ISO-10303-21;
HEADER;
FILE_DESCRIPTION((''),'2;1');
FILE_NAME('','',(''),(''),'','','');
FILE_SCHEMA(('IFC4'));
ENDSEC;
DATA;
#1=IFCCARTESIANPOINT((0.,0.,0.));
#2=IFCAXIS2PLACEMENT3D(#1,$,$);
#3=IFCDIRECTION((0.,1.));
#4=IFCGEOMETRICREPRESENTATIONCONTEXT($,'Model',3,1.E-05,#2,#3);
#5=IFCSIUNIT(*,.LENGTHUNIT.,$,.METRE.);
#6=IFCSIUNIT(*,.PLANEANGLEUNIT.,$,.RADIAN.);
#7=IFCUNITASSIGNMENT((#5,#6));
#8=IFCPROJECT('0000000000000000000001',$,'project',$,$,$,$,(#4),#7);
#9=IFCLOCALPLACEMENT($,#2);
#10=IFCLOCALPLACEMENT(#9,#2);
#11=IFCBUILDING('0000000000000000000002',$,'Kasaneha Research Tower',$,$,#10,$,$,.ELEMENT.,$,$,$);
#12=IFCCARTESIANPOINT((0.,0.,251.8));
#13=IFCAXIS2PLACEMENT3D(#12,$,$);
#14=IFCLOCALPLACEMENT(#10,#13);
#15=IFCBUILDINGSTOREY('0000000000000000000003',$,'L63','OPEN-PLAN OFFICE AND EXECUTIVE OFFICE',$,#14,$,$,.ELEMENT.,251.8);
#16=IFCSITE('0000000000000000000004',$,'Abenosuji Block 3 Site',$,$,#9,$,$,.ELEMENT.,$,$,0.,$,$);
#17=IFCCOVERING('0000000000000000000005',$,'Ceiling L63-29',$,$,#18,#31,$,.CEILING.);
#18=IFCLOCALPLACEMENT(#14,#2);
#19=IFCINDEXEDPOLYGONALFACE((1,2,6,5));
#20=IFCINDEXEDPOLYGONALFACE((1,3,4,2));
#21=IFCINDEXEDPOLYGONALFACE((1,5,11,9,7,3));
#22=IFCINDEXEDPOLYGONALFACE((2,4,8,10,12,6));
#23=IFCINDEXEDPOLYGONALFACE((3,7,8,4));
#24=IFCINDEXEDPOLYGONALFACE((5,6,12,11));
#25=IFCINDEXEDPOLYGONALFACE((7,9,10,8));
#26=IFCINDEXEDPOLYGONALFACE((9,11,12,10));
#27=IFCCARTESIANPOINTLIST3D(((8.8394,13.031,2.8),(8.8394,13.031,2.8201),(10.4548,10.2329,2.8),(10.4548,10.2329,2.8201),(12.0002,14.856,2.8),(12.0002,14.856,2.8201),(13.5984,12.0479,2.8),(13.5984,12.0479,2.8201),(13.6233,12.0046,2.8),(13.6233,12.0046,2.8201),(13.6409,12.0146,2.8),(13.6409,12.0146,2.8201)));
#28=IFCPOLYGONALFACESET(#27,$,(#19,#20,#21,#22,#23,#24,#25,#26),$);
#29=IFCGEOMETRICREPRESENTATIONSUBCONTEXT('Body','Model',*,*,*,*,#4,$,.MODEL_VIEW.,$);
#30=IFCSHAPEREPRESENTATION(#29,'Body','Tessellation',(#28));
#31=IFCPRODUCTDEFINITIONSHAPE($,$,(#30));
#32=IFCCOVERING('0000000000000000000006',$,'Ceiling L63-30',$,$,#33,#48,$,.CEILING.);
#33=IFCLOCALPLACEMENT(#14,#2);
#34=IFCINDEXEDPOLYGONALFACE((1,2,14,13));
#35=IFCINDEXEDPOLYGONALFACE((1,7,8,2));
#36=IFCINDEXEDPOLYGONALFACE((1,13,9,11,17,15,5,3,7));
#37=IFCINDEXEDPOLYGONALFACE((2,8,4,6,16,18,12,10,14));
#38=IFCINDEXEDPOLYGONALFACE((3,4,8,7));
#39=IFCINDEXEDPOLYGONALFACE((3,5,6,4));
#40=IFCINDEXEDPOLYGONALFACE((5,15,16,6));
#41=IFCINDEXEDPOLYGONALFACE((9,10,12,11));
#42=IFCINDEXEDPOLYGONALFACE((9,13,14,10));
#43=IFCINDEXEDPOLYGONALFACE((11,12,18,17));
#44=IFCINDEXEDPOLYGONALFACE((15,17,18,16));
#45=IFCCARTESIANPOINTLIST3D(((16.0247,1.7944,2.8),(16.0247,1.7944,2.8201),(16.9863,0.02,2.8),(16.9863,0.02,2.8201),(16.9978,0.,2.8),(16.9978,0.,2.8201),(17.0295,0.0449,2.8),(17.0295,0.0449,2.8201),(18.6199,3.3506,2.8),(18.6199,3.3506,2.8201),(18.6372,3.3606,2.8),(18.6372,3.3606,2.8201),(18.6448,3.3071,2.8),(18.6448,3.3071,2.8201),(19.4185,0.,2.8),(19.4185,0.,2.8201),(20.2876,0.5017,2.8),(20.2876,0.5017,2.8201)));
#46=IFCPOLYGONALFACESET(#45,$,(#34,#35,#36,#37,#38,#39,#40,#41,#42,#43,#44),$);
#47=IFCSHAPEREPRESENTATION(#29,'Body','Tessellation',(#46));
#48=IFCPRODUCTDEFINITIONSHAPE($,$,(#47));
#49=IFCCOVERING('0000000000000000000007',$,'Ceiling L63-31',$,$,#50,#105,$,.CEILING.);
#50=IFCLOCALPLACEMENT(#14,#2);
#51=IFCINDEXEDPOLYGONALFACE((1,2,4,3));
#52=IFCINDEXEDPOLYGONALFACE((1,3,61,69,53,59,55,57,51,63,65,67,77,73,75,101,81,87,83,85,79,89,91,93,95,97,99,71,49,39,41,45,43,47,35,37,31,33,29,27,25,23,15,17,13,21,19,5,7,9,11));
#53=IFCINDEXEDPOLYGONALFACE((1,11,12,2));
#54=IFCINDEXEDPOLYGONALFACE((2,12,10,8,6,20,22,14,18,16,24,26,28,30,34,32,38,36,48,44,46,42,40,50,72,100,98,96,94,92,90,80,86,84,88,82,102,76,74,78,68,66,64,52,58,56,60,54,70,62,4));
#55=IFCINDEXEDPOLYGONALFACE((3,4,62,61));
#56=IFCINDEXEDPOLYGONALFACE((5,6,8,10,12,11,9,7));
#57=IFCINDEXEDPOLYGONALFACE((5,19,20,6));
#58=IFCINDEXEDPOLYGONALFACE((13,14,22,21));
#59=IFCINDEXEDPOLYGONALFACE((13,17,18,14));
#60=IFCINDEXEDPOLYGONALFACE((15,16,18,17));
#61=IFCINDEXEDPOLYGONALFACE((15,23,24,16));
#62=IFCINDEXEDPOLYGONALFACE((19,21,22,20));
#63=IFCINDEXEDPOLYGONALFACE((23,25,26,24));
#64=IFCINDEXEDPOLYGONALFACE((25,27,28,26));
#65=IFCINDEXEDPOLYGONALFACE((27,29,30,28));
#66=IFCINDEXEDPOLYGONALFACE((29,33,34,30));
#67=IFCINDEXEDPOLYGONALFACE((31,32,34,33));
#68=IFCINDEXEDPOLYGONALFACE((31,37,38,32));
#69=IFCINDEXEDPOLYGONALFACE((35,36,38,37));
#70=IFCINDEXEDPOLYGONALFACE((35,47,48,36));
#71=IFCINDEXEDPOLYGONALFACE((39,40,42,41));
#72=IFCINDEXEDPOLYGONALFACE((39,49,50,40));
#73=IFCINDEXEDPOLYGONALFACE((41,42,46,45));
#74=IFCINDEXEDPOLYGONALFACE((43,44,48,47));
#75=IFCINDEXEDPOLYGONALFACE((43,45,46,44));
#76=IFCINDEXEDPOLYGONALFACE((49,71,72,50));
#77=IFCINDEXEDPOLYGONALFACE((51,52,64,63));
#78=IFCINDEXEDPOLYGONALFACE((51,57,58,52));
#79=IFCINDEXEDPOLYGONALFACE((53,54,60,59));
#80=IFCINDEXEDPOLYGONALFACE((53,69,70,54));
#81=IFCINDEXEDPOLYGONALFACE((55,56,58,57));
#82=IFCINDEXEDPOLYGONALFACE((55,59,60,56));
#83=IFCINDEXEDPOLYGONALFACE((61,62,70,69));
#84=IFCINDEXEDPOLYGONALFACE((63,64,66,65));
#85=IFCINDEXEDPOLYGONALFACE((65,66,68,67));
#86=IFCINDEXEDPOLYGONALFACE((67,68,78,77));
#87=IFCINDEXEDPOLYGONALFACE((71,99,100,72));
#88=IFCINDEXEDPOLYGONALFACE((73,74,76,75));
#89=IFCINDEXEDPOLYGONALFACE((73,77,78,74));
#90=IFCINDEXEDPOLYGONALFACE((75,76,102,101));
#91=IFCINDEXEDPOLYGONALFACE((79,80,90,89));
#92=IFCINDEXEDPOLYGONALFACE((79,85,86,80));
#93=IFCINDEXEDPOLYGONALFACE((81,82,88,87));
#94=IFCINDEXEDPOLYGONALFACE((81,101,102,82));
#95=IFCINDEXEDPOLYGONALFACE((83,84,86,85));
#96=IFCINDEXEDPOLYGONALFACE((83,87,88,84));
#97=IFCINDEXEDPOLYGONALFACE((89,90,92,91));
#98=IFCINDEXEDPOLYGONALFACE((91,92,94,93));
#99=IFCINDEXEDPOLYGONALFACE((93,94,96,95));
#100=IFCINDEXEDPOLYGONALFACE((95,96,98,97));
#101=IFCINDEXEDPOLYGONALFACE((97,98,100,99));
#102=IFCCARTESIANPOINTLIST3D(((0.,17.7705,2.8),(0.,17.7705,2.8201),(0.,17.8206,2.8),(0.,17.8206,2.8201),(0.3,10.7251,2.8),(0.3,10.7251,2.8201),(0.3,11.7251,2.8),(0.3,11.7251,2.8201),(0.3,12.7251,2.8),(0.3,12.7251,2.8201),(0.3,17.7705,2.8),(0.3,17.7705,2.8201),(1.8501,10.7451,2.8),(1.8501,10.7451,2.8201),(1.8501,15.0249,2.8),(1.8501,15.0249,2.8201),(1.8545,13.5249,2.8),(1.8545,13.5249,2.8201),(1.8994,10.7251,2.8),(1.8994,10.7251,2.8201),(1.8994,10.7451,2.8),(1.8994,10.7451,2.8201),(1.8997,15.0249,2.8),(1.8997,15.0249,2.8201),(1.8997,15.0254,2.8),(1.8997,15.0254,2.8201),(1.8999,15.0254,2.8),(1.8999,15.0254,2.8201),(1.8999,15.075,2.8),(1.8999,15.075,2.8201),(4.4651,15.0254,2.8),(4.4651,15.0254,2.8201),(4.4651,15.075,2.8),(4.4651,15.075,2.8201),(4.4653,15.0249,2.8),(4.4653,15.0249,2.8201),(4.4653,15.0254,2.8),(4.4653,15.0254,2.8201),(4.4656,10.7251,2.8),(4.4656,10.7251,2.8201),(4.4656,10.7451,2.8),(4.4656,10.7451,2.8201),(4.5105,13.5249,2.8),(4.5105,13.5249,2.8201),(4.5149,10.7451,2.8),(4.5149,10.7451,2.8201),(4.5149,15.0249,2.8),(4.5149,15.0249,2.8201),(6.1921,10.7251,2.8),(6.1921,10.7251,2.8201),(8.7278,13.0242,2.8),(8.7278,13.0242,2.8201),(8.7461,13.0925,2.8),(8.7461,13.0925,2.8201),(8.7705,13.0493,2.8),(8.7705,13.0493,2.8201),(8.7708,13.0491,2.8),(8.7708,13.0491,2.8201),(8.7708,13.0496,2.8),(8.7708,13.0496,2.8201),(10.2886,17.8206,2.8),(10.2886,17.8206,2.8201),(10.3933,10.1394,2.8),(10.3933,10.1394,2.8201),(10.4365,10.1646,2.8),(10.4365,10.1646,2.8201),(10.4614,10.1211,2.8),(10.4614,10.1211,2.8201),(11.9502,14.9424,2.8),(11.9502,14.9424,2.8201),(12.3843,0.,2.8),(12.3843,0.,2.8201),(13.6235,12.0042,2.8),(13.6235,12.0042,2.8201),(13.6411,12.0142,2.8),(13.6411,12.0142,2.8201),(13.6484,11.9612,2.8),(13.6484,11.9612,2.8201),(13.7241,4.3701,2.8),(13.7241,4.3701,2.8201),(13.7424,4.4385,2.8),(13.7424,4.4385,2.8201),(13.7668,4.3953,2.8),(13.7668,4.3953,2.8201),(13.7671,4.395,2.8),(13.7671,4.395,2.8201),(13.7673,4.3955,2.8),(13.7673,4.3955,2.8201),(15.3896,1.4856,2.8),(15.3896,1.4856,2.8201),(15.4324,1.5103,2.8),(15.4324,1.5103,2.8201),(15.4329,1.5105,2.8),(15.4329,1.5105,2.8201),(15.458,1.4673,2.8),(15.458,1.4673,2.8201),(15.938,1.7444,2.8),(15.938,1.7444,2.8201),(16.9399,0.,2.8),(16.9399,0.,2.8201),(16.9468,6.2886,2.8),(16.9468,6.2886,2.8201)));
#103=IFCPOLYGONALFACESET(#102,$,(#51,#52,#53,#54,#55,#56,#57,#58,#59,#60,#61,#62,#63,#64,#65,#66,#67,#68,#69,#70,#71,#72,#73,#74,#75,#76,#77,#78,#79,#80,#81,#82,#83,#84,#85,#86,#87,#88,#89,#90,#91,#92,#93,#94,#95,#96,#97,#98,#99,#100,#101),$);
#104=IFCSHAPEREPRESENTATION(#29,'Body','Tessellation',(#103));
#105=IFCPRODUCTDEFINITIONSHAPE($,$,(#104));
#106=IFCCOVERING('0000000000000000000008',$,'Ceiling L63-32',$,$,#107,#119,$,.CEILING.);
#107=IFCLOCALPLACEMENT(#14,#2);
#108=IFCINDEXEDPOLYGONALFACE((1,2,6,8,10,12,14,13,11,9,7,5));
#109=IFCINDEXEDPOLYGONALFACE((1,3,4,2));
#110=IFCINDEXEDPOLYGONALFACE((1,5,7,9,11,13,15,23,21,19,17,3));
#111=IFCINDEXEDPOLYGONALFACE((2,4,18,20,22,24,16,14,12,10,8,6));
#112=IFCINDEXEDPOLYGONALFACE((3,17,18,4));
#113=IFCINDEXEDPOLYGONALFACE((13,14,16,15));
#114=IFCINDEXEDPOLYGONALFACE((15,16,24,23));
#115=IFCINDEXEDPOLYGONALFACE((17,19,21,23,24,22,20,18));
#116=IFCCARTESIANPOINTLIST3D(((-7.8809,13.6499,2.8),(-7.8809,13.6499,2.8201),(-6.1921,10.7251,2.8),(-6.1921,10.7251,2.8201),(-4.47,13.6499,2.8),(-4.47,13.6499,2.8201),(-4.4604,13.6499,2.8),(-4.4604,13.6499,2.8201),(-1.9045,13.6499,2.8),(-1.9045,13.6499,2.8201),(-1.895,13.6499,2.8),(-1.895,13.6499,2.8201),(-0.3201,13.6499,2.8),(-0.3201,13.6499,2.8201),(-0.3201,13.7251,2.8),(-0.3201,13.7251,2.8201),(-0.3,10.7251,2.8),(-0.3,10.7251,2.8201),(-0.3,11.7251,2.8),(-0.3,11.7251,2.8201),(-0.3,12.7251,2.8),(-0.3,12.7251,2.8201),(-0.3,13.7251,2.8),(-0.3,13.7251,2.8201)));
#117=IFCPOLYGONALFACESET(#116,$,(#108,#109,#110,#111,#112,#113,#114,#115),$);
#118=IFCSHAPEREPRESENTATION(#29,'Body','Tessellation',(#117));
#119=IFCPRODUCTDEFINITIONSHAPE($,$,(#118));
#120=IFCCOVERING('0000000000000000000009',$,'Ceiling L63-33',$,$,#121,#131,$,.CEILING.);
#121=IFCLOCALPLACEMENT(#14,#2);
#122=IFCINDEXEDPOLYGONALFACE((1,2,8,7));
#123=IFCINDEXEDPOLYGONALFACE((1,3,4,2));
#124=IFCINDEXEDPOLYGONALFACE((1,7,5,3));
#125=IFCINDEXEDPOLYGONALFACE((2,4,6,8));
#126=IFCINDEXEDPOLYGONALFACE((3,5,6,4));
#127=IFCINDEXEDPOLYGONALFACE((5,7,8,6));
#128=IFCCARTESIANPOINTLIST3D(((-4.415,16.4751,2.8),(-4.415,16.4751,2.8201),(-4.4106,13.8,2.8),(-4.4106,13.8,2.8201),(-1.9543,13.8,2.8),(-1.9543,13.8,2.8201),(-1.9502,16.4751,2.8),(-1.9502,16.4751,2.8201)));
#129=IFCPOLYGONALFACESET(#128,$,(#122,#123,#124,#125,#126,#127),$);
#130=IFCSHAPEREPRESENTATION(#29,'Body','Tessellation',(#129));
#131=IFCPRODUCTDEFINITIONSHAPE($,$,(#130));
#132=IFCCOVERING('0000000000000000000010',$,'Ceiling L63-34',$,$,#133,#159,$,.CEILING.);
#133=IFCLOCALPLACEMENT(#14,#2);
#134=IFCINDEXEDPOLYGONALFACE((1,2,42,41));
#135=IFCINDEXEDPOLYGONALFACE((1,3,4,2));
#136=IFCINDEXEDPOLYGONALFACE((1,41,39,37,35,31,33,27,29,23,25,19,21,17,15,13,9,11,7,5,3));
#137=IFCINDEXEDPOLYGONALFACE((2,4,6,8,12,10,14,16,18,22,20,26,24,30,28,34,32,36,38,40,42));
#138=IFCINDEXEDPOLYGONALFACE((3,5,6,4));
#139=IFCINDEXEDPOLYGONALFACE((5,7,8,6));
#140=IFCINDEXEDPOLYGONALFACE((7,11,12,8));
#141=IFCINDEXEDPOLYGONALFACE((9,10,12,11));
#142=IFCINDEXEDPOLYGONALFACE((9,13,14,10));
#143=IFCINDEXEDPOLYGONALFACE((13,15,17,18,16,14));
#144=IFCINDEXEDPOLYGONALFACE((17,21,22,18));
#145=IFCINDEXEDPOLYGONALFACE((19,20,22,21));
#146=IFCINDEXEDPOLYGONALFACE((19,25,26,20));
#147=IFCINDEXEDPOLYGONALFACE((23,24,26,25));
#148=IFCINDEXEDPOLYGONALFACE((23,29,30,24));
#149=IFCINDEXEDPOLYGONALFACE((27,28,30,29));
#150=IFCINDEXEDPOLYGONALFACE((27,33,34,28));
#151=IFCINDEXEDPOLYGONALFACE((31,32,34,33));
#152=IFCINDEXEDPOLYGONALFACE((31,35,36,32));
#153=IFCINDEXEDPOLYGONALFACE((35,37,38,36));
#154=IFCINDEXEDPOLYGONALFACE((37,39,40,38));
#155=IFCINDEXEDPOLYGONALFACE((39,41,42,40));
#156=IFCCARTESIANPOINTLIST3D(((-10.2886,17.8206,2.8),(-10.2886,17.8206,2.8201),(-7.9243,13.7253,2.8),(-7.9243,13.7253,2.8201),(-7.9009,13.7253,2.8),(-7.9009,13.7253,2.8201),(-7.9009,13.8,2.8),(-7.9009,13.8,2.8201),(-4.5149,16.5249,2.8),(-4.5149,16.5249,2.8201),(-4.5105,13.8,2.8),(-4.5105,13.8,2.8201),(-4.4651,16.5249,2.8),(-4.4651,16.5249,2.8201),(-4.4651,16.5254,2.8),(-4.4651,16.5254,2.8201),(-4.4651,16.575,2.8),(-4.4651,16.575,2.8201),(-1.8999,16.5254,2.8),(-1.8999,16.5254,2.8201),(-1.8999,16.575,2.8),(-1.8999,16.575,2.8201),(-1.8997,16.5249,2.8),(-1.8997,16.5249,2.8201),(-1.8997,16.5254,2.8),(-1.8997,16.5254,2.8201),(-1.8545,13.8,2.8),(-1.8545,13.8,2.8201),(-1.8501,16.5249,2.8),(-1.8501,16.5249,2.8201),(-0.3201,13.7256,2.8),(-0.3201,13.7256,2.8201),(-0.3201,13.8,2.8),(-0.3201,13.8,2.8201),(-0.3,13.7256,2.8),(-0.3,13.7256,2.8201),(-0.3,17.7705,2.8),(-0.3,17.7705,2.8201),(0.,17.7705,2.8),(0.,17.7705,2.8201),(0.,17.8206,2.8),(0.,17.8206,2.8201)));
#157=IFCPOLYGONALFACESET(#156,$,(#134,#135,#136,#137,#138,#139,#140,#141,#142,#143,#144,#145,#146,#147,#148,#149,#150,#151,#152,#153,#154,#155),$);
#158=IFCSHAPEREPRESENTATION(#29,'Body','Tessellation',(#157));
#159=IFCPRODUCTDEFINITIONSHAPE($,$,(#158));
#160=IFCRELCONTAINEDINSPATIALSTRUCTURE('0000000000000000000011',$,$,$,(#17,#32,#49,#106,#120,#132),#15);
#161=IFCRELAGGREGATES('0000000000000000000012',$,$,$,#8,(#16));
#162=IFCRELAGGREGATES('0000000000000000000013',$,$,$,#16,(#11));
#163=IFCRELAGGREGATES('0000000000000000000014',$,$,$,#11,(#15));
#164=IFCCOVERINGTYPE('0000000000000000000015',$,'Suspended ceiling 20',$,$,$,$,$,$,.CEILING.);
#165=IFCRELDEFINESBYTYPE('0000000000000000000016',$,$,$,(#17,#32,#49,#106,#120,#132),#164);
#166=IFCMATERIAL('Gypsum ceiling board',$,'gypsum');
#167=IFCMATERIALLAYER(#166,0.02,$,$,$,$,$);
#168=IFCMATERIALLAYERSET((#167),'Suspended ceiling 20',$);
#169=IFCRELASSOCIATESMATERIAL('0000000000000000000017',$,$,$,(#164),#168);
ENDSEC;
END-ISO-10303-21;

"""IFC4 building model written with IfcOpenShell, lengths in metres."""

from ifc_helpers import new_model, si_unit, direction, frame, origin, place, context, subcontext, project, spatial, polyline, outline, extrude, material, layer, layer_set, type_object, element, save


model = new_model("IFC4")

# Units and contexts
model_context = context("Model", 3, precision=1e-05, world=origin(), true_north=direction((0.0, 1.0)))
body_context = subcontext(model_context, "Body", "Model", "MODEL_VIEW")
ifc_project = project(units=[si_unit("LENGTHUNIT", "METRE"), si_unit("PLANEANGLEUNIT", "RADIAN")], contexts=[model_context])

# Site, building, storey
site_placement = place(None, origin())
site = spatial("IfcSite", under=ifc_project, at=site_placement, Name="Abenosuji Block 3 Site", CompositionType="ELEMENT", RefElevation=0.0)
building_placement = place(site_placement, origin())
building = spatial("IfcBuilding", under=site, at=building_placement, Name="Kasaneha Research Tower", CompositionType="ELEMENT")
storey_placement = place(building_placement, frame((0.0, 0.0, 251.8)))
storey = spatial("IfcBuildingStorey", under=building, at=storey_placement, Name="L63", Description="OPEN-PLAN OFFICE AND EXECUTIVE OFFICE", CompositionType="ELEMENT", Elevation=251.8)

# Coverings
ifc_material_1 = material(Name="Gypsum ceiling board", Category="gypsum")
ifc_layer_1 = layer(ifc_material_1, 0.02)
ifc_layer_set_1 = layer_set([ifc_layer_1], Name="Suspended ceiling 20")
covering_type_1 = type_object("IfcCoveringType", Name="Suspended ceiling 20", PredefinedType="CEILING", material=ifc_layer_set_1)
covering_1_placement = place(storey_placement, frame((0.0, 0.0, 2.8)))
element("IfcCovering", 1, at=covering_1_placement, inside=storey, type_object=covering_type_1, Name="Ceiling L63-29", PredefinedType="CEILING", context=body_context, shape_type="SweptSolid", body=[
    extrude(outline(polyline([(13.6409, 12.0146), (13.6233, 12.0046), (13.5984, 12.0479), (10.4548, 10.2329), (8.8394, 13.031), (12.0002, 14.856), (13.6409, 12.0146)])), origin(), (0.0, 0.0, 1.0), 0.02),
])
covering_2_placement = place(storey_placement, frame((0.0, 0.0, 2.8)))
element("IfcCovering", 2, at=covering_2_placement, inside=storey, type_object=covering_type_1, Name="Ceiling L63-30", PredefinedType="CEILING", context=body_context, shape_type="SweptSolid", body=[
    extrude(outline(polyline([(16.9978, 0.0), (16.9863, 0.02), (17.0295, 0.0449), (16.0247, 1.7944), (18.6448, 3.3071), (18.6199, 3.3506), (18.6372, 3.3606), (20.2876, 0.5017), (19.4185, 0.0), (16.9978, 0.0)])), origin(), (0.0, 0.0, 1.0), 0.02),
])
covering_3_placement = place(storey_placement, frame((0.0, 0.0, 2.8)))
element("IfcCovering", 3, at=covering_3_placement, inside=storey, type_object=covering_type_1, Name="Ceiling L63-31", PredefinedType="CEILING", context=body_context, shape_type="SweptSolid", body=[
    extrude(outline(polyline([(4.4656, 10.7251), (4.4656, 10.7451), (4.5149, 10.7451), (4.5105, 13.5249), (4.5149, 15.0249), (4.4653, 15.0249), (4.4653, 15.0254), (4.4651, 15.0254), (4.4651, 15.075), (1.8999, 15.075), (1.8999, 15.0254), (1.8997, 15.0254), (1.8997, 15.0249), (1.8501, 15.0249), (1.8545, 13.5249), (1.8501, 10.7451), (1.8994, 10.7451), (1.8994, 10.7251), (0.3, 10.7251), (0.3, 11.7251), (0.3, 12.7251), (0.3, 17.7705), (0.3, 17.7705), (0.0, 17.7705), (0.0, 17.8206), (10.2886, 17.8206), (11.9502, 14.9424), (8.7461, 13.0925), (8.7708, 13.0496), (8.7705, 13.0493), (8.7708, 13.0491), (8.7278, 13.0242), (10.3933, 10.1394), (10.4365, 10.1646), (10.4614, 10.1211), (13.6484, 11.9612), (13.6235, 12.0042), (13.6411, 12.0142), (16.9468, 6.2886), (13.7424, 4.4385), (13.7673, 4.3955), (13.7668, 4.3953), (13.7671, 4.395), (13.7241, 4.3701), (15.3896, 1.4856), (15.4324, 1.5103), (15.4324, 1.5103), (15.4329, 1.5105), (15.458, 1.4673), (15.938, 1.7444), (16.9399, 0.0), (12.3843, 0.0), (6.1921, 10.7251), (4.4656, 10.7251)])), origin(), (0.0, 0.0, 1.0), 0.02),
])
covering_4_placement = place(storey_placement, frame((0.0, 0.0, 2.8)))
element("IfcCovering", 4, at=covering_4_placement, inside=storey, type_object=covering_type_1, Name="Ceiling L63-32", PredefinedType="CEILING", context=body_context, shape_type="SweptSolid", body=[
    extrude(outline(polyline([(-0.3, 11.7251), (-0.3, 10.7251), (-6.1921, 10.7251), (-7.8809, 13.6499), (-4.47, 13.6499), (-4.4604, 13.6499), (-1.9045, 13.6499), (-1.895, 13.6499), (-0.3201, 13.6499), (-0.3201, 13.7251), (-0.3, 13.7251), (-0.3, 12.7251), (-0.3, 11.7251)])), origin(), (0.0, 0.0, 1.0), 0.02),
])
covering_5_placement = place(storey_placement, frame((0.0, 0.0, 2.8)))
element("IfcCovering", 5, at=covering_5_placement, inside=storey, type_object=covering_type_1, Name="Ceiling L63-33", PredefinedType="CEILING", context=body_context, shape_type="SweptSolid", body=[
    extrude(outline(polyline([(-1.9502, 16.4751), (-1.9543, 13.8), (-4.4106, 13.8), (-4.415, 16.4751), (-1.9502, 16.4751)])), origin(), (0.0, 0.0, 1.0), 0.02),
])
covering_6_placement = place(storey_placement, frame((0.0, 0.0, 2.8)))
element("IfcCovering", 6, at=covering_6_placement, inside=storey, type_object=covering_type_1, Name="Ceiling L63-34", PredefinedType="CEILING", context=body_context, shape_type="SweptSolid", body=[
    extrude(outline(polyline([(-0.3201, 13.7256), (-0.3201, 13.8), (-1.8545, 13.8), (-1.8501, 16.5249), (-1.8997, 16.5249), (-1.8997, 16.5254), (-1.8999, 16.5254), (-1.8999, 16.575), (-4.4651, 16.575), (-4.4651, 16.5254), (-4.4651, 16.5249), (-4.5149, 16.5249), (-4.5105, 13.8), (-7.9009, 13.8), (-7.9009, 13.7253), (-7.9243, 13.7253), (-10.2886, 17.8206), (0.0, 17.8206), (0.0, 17.7705), (-0.3, 17.7705), (-0.3, 17.7705), (-0.3, 13.7256), (-0.3201, 13.7256)])), origin(), (0.0, 0.0, 1.0), 0.02),
])

save(model, "model.ifc")
